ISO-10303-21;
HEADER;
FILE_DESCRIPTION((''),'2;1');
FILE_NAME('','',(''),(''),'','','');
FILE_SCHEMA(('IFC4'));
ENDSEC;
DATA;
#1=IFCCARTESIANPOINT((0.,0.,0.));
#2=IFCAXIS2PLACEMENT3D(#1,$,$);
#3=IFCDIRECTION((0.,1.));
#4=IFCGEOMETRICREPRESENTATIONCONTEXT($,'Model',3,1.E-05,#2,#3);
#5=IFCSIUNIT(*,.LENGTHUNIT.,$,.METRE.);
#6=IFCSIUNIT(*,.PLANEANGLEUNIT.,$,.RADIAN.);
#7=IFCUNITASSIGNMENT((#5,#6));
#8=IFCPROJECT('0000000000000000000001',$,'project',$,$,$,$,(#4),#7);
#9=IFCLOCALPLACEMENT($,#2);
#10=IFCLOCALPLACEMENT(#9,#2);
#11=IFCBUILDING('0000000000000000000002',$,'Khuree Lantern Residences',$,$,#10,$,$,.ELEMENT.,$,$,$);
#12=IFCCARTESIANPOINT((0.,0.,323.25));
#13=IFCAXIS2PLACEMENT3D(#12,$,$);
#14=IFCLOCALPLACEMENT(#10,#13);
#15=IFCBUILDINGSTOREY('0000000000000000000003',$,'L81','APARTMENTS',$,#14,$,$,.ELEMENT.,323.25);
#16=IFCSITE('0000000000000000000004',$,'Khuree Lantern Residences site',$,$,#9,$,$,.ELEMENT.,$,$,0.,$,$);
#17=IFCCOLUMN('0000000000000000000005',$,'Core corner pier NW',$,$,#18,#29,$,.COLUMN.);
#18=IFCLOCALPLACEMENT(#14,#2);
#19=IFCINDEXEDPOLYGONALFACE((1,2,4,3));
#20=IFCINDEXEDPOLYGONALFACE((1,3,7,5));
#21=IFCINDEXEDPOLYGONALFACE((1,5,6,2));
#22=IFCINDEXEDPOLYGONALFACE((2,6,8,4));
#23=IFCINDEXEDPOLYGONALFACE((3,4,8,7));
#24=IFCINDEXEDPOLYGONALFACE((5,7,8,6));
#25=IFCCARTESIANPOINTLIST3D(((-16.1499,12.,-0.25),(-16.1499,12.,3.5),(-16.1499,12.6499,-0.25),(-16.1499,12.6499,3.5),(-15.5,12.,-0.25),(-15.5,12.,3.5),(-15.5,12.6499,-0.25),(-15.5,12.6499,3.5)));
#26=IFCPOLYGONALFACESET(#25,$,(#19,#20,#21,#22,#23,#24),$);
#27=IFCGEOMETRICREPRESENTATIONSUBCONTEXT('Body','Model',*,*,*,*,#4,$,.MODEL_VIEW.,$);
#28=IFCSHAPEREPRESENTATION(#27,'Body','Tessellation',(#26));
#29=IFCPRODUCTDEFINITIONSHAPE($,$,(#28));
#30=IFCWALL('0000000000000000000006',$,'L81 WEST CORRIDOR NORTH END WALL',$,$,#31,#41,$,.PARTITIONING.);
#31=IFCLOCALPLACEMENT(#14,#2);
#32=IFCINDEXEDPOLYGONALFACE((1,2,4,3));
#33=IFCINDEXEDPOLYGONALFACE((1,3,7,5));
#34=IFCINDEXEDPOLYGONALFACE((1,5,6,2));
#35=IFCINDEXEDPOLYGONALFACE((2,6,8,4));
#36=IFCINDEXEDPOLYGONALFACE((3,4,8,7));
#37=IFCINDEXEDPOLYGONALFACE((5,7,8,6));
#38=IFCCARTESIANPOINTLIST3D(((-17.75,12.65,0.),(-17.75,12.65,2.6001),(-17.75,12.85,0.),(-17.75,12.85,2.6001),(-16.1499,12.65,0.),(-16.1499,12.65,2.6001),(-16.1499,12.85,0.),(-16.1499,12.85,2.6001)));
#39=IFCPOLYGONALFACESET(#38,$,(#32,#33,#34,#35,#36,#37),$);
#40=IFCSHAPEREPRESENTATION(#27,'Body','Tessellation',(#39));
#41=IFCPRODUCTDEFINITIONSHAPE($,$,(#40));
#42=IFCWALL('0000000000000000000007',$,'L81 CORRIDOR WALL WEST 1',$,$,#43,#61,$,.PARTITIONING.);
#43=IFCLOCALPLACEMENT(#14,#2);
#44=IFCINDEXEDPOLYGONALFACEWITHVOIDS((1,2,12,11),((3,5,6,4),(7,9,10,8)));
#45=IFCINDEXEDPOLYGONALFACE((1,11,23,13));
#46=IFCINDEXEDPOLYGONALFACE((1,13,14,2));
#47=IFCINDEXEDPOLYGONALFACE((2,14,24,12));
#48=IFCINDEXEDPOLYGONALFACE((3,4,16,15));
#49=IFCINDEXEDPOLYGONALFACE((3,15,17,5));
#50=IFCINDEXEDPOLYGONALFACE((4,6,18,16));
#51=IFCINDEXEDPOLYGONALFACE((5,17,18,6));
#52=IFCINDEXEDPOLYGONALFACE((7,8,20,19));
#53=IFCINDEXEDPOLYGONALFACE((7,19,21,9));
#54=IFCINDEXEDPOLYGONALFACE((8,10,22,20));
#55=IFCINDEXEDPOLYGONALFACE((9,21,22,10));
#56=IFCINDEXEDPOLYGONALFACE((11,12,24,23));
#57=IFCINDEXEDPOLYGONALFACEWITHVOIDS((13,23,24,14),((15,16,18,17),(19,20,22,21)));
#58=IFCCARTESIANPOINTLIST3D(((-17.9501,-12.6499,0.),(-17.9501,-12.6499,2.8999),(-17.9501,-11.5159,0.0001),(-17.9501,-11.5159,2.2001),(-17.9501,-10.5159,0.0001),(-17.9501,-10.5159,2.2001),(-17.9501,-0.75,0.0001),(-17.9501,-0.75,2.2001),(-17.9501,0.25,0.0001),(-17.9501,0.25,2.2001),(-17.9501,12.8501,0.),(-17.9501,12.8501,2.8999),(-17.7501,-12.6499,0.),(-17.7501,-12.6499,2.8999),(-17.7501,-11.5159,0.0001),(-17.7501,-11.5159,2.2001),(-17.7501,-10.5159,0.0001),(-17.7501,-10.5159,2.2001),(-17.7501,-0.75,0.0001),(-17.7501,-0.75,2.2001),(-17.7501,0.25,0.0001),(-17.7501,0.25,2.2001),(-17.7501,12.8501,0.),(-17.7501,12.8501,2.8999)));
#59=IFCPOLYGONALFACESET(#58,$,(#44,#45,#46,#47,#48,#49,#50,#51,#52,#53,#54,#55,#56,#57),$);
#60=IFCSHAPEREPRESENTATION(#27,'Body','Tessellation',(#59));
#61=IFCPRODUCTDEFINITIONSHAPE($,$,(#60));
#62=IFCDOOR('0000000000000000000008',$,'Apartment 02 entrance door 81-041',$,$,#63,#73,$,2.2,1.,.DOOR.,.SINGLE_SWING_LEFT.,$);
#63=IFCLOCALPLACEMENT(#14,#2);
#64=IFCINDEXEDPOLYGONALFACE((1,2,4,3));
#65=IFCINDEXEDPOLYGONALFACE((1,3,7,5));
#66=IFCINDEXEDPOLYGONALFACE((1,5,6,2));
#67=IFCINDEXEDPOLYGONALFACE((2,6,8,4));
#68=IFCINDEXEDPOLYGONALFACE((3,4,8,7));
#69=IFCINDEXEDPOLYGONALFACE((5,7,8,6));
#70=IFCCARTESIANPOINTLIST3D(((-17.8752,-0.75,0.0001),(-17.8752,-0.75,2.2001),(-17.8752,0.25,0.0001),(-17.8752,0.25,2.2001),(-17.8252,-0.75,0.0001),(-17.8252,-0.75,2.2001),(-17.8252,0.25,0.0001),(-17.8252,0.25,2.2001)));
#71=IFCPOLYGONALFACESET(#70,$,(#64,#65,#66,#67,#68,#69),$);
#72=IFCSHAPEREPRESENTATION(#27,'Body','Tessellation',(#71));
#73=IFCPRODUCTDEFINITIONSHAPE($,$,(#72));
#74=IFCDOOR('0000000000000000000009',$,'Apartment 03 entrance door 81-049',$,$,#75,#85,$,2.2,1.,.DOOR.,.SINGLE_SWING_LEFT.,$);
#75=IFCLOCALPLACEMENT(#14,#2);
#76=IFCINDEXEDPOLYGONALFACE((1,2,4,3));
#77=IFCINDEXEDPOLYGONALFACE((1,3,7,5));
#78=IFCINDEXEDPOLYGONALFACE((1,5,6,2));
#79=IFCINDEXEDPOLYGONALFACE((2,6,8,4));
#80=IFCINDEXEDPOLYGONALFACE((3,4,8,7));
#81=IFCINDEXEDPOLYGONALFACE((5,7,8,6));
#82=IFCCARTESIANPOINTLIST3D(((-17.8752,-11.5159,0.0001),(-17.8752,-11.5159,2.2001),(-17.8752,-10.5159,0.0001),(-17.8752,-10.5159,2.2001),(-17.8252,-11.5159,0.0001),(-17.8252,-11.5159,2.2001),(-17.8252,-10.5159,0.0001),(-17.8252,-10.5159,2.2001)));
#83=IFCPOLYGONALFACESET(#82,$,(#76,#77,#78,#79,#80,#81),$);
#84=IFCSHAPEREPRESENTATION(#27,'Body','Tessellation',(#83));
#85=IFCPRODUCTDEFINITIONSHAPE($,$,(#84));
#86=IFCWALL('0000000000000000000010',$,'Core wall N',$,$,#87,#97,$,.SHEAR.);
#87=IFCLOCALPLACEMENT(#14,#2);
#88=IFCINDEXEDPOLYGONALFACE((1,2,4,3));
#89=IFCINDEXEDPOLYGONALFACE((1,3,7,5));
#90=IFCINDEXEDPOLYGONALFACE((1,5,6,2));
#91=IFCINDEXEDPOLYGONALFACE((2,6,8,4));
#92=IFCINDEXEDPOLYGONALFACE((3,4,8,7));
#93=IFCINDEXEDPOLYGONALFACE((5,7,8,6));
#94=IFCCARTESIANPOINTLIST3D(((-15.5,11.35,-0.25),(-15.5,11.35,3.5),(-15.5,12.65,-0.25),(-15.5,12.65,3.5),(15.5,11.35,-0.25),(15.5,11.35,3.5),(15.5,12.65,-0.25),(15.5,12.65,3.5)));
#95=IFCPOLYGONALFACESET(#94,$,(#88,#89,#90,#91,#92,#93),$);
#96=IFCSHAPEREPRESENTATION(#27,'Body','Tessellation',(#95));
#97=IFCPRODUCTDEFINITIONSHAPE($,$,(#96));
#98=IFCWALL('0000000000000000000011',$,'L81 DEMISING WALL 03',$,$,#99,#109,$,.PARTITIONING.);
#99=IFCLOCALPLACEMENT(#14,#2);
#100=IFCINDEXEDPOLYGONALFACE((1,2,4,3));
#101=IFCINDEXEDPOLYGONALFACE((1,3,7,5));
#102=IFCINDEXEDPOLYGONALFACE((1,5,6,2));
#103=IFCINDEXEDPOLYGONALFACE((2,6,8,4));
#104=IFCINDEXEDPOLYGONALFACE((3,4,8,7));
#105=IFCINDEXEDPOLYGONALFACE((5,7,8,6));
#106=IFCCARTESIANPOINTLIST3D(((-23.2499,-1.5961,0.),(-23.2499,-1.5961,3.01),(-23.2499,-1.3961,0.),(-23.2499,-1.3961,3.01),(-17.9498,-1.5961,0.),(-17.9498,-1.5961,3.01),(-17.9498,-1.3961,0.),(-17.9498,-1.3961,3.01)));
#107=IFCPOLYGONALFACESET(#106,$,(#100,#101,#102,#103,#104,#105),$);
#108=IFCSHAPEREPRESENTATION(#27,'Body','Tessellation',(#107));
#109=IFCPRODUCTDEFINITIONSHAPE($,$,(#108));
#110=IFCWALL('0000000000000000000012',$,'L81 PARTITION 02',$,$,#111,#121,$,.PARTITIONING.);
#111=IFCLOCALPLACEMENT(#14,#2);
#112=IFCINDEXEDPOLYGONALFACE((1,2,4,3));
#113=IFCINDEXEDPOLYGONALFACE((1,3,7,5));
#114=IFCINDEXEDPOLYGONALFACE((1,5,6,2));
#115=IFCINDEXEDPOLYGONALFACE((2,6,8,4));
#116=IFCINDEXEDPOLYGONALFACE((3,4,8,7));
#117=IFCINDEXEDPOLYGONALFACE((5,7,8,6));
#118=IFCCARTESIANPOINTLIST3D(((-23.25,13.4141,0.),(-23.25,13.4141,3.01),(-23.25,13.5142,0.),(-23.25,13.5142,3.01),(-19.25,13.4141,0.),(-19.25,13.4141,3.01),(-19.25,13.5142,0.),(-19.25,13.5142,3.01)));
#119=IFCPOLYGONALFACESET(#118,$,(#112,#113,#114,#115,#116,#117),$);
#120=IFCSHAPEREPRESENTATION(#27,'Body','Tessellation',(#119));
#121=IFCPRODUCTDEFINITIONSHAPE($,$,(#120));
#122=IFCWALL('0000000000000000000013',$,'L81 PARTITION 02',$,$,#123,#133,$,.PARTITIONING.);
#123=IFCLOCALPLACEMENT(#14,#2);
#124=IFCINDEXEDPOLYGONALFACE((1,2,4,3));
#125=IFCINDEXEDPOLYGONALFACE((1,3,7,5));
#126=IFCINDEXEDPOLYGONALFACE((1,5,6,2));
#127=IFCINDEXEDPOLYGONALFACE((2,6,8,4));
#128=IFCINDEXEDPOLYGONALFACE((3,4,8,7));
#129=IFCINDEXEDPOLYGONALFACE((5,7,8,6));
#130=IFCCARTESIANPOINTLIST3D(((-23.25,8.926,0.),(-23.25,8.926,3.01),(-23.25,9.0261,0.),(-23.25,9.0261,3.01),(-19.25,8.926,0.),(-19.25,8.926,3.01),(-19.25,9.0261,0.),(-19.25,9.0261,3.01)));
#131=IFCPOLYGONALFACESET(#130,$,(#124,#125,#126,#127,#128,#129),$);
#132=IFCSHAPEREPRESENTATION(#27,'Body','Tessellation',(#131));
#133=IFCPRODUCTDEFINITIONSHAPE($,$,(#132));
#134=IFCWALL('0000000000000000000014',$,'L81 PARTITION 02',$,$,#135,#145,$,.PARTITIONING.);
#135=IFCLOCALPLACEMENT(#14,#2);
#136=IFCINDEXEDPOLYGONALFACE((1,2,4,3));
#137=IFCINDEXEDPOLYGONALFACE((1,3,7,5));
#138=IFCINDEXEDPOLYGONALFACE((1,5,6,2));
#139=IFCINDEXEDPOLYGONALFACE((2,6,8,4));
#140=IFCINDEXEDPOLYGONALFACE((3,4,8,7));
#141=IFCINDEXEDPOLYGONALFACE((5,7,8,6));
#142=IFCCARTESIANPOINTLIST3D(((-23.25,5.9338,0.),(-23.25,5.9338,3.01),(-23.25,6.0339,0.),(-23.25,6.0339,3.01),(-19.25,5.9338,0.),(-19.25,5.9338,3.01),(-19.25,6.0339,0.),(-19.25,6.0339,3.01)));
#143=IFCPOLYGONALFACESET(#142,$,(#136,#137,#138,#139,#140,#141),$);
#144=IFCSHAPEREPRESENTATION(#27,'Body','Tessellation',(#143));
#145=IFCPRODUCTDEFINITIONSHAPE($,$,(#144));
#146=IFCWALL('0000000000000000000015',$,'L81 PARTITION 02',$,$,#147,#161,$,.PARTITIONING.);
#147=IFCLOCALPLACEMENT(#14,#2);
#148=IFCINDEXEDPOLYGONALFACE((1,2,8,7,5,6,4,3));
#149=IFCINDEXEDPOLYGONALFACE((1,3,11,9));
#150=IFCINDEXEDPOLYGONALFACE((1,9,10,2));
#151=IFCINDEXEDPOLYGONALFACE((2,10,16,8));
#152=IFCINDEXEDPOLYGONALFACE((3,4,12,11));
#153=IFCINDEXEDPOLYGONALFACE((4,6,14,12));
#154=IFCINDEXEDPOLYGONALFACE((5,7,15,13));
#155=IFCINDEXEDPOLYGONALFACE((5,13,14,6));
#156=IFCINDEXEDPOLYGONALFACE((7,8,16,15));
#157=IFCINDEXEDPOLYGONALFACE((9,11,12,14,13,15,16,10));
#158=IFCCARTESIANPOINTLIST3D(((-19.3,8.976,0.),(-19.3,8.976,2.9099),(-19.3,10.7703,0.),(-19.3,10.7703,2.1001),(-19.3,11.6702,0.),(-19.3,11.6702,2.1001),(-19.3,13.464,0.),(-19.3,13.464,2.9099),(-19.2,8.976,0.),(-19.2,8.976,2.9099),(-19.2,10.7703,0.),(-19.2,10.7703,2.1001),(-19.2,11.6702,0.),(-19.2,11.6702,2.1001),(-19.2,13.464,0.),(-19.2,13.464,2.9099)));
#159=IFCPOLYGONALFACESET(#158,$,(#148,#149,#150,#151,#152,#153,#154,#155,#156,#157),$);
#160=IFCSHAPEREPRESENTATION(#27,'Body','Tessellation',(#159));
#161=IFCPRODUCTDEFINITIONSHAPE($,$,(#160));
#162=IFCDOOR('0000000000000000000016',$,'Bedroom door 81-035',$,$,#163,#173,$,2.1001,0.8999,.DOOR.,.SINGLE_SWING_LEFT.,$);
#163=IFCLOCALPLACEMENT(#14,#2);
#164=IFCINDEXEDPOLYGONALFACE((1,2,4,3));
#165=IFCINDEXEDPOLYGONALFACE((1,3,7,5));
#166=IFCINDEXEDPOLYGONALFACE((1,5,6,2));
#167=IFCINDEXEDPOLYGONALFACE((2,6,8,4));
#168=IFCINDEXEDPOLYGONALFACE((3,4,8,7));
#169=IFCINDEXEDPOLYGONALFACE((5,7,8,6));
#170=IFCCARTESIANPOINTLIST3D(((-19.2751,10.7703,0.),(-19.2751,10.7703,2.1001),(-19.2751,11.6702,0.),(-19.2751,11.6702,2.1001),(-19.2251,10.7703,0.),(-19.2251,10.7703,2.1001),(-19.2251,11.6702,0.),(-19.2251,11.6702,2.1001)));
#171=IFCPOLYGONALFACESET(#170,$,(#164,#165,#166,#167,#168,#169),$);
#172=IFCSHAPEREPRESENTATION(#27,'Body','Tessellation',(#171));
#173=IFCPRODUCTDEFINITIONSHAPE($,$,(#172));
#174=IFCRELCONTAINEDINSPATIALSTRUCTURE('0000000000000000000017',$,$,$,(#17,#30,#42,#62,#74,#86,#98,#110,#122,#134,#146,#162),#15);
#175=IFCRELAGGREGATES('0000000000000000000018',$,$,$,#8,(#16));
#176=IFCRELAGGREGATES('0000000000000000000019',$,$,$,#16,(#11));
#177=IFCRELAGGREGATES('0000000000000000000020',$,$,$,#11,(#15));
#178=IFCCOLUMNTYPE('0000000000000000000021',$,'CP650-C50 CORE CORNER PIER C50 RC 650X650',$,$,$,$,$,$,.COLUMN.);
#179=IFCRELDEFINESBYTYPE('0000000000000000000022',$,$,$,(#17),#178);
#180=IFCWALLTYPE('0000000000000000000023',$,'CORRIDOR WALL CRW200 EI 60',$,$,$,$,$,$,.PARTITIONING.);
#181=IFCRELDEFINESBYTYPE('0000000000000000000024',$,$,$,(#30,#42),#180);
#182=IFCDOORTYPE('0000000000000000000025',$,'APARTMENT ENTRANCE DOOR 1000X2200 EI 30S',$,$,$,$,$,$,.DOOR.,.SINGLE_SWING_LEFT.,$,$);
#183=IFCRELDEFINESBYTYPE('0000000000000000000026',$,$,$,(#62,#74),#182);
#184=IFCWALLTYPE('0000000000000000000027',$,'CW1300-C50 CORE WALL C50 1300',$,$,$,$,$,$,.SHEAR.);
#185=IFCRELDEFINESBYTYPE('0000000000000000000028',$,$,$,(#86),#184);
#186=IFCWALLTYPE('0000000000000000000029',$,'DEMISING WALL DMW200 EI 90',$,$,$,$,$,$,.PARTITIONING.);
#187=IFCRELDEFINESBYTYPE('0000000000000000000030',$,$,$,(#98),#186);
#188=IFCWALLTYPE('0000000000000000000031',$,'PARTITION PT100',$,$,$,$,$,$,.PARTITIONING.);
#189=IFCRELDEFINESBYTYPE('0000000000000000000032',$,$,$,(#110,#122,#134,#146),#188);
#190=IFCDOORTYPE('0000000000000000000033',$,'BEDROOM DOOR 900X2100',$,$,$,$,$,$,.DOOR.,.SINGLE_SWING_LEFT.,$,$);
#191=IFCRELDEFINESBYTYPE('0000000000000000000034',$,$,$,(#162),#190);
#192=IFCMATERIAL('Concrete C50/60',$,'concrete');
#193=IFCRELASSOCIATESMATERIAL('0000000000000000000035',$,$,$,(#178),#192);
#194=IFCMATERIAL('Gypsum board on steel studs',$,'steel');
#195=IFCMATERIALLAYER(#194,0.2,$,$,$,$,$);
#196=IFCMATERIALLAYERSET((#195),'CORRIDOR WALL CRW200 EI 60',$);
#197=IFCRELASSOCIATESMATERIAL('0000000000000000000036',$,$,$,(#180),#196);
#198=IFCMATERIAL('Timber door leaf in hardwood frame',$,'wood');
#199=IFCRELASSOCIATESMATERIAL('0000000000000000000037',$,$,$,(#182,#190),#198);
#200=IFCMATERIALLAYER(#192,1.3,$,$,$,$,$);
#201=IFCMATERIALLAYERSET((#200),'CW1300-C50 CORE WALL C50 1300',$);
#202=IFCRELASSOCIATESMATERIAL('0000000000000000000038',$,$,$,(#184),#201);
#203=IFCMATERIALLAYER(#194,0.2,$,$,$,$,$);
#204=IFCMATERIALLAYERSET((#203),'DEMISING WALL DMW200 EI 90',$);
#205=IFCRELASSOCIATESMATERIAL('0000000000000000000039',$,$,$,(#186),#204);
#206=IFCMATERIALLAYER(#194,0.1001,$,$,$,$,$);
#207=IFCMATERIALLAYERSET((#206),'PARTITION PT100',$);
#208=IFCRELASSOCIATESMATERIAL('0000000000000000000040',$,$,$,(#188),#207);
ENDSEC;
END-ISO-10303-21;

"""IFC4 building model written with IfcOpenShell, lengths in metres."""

from ifc_helpers import new_model, si_unit, direction, frame, frame_2d, origin, origin_2d, place, context, subcontext, project, spatial, rectangle, extrude, material, layer, layer_set, material_profile, profile_set, type_object, element, fill, save


model = new_model("IFC4")

# Units and contexts
model_context = context("Model", 3, precision=1e-05, world=origin(), true_north=direction((0.0, 1.0)))
body_context = subcontext(model_context, "Body", "Model", "MODEL_VIEW")
ifc_project = project(units=[si_unit("LENGTHUNIT", "METRE"), si_unit("PLANEANGLEUNIT", "RADIAN")], contexts=[model_context])

# Site, building, storey
site_placement = place(None, origin())
site = spatial("IfcSite", under=ifc_project, at=site_placement, Name="Khuree Lantern Residences site", CompositionType="ELEMENT", RefElevation=0.0)
building_placement = place(site_placement, origin())
building = spatial("IfcBuilding", under=site, at=building_placement, Name="Khuree Lantern Residences", CompositionType="ELEMENT")
storey_placement = place(building_placement, frame((0.0, 0.0, 323.25)))
storey = spatial("IfcBuildingStorey", under=building, at=storey_placement, Name="L81", Description="APARTMENTS", CompositionType="ELEMENT", Elevation=323.25)

# Column
ifc_material_1 = material(Name="Concrete C50/60", Category="concrete")
ifc_material_profile = material_profile(ifc_material_1, rectangle(XDim=0.6499, YDim=0.6499, at=origin_2d()), Name="RC 650X650")
ifc_profile_set = profile_set([ifc_material_profile], Name="Concrete C50/60")
column_type = type_object("IfcColumnType", Name="CP650-C50 CORE CORNER PIER C50 RC 650X650", PredefinedType="COLUMN", material=ifc_profile_set)
column_placement = place(storey_placement, frame((-15.825, 12.325, -0.25), z_axis=(0.0, 0.0, 1.0), x_axis=(1.0, 0.0, 0.0)))
element("IfcColumn", 1, at=column_placement, inside=storey, type_object=column_type, Name="Core corner pier NW", PredefinedType="COLUMN", context=body_context, shape_type="SweptSolid", body=[
    extrude(rectangle(XDim=0.6499, YDim=0.6499, at=origin_2d()), origin(), (0.0, 0.0, 1.0), 3.75),
])

# Wall
ifc_material_2 = material(Name="Gypsum board on steel studs", Category="steel")
ifc_layer_1 = layer(ifc_material_2, 0.2)
ifc_layer_set_1 = layer_set([ifc_layer_1], Name="CORRIDOR WALL CRW200 EI 60")
wall_type_1 = type_object("IfcWallType", Name="CORRIDOR WALL CRW200 EI 60", PredefinedType="PARTITIONING", material=ifc_layer_set_1)
wall_1_placement = place(storey_placement, frame((-16.1499, 12.75, 0.0), z_axis=(0.0, 0.0, 1.0), x_axis=(-1.0, 0.0, 0.0)))
element("IfcWall", 2, at=wall_1_placement, inside=storey, type_object=wall_type_1, Name="L81 WEST CORRIDOR NORTH END WALL", PredefinedType="PARTITIONING", context=body_context, shape_type="SweptSolid", body=[
    extrude(rectangle(XDim=1.6001, YDim=0.2, at=frame_2d((0.8, 0.0))), origin(), (0.0, 0.0, 1.0), 2.6001),
])

# Wall, openings, doors
wall_2_placement = place(storey_placement, frame((-17.8501, 12.8501, 0.0), z_axis=(0.0, 0.0, 1.0), x_axis=(0.0, -1.0, 0.0)))
wall_2 = element("IfcWall", 3, at=wall_2_placement, inside=storey, type_object=wall_type_1, Name="L81 CORRIDOR WALL WEST 1", PredefinedType="PARTITIONING", context=body_context, shape_type="SweptSolid", body=[
    extrude(rectangle(XDim=25.5, YDim=0.2, at=frame_2d((12.75, 0.0))), origin(), (0.0, 0.0, 1.0), 2.8999),
])
opening_1_placement = place(wall_2_placement, frame((12.6001, 0.0, 0.0)))
opening_1 = element("IfcOpeningElement", 4, at=opening_1_placement, cuts=wall_2, PredefinedType="OPENING", context=body_context, shape_type="SweptSolid", body=[
    extrude(rectangle(XDim=1.0, YDim=2.2, at=frame_2d((0.5, 1.1001))), frame((0.0, 0.1099, 0.0), z_axis=(0.0, -1.0, 0.0), x_axis=(1.0, 0.0, 0.0)), (0.0, 0.0, 1.0), 0.22),
])
opening_2_placement = place(wall_2_placement, frame((23.366, 0.0, 0.0)))
opening_2 = element("IfcOpeningElement", 5, at=opening_2_placement, cuts=wall_2, PredefinedType="OPENING", context=body_context, shape_type="SweptSolid", body=[
    extrude(rectangle(XDim=1.0, YDim=2.2, at=frame_2d((0.5, 1.1001))), frame((0.0, 0.1099, 0.0), z_axis=(0.0, -1.0, 0.0), x_axis=(1.0, 0.0, 0.0)), (0.0, 0.0, 1.0), 0.22),
])
ifc_material_3 = material(Name="Timber door leaf in hardwood frame", Category="wood")
door_type_1 = type_object("IfcDoorType", Name="APARTMENT ENTRANCE DOOR 1000X2200 EI 30S", OperationType="SINGLE_SWING_LEFT", PredefinedType="DOOR", material=ifc_material_3)
door_1_placement = place(opening_1_placement, origin())
door_1 = element("IfcDoor", 6, at=door_1_placement, inside=storey, type_object=door_type_1, Name="Apartment 02 entrance door 81-041", OperationType="SINGLE_SWING_LEFT", OverallHeight=2.2, OverallWidth=1.0, PredefinedType="DOOR", context=body_context, shape_type="SweptSolid", body=[
    extrude(rectangle(XDim=1.0, YDim=2.2, at=frame_2d((0.5, 1.1001))), frame((0.0, 0.0249, 0.0), z_axis=(0.0, -1.0, 0.0), x_axis=(1.0, 0.0, 0.0)), (0.0, 0.0, 1.0), 0.05),
])
fill(opening_1, door_1)
door_2_placement = place(opening_2_placement, origin())
door_2 = element("IfcDoor", 7, at=door_2_placement, inside=storey, type_object=door_type_1, Name="Apartment 03 entrance door 81-049", OperationType="SINGLE_SWING_LEFT", OverallHeight=2.2, OverallWidth=1.0, PredefinedType="DOOR", context=body_context, shape_type="SweptSolid", body=[
    extrude(rectangle(XDim=1.0, YDim=2.2, at=frame_2d((0.5, 1.1001))), frame((0.0, 0.0249, 0.0), z_axis=(0.0, -1.0, 0.0), x_axis=(1.0, 0.0, 0.0)), (0.0, 0.0, 1.0), 0.05),
])
fill(opening_2, door_2)

# Walls
ifc_layer_2 = layer(ifc_material_1, 1.3)
ifc_layer_set_2 = layer_set([ifc_layer_2], Name="CW1300-C50 CORE WALL C50 1300")
wall_type_2 = type_object("IfcWallType", Name="CW1300-C50 CORE WALL C50 1300", PredefinedType="SHEAR", material=ifc_layer_set_2)
wall_3_placement = place(storey_placement, frame((-15.5, 12.0, -0.25), z_axis=(0.0, 0.0, 1.0), x_axis=(1.0, 0.0, 0.0)))
element("IfcWall", 8, at=wall_3_placement, inside=storey, type_object=wall_type_2, Name="Core wall N", PredefinedType="SHEAR", context=body_context, shape_type="SweptSolid", body=[
    extrude(rectangle(XDim=31.0, YDim=1.3, at=frame_2d((15.5, 0.0))), origin(), (0.0, 0.0, 1.0), 3.75),
])
ifc_layer_3 = layer(ifc_material_2, 0.2)
ifc_layer_set_3 = layer_set([ifc_layer_3], Name="DEMISING WALL DMW200 EI 90")
wall_type_3 = type_object("IfcWallType", Name="DEMISING WALL DMW200 EI 90", PredefinedType="PARTITIONING", material=ifc_layer_set_3)
wall_4_placement = place(storey_placement, frame((-17.95, -1.4961, 0.0), z_axis=(0.0, 0.0, 1.0), x_axis=(-1.0, 0.0, 0.0)))
element("IfcWall", 9, at=wall_4_placement, inside=storey, type_object=wall_type_3, Name="L81 DEMISING WALL 03", PredefinedType="PARTITIONING", context=body_context, shape_type="SweptSolid", body=[
    extrude(rectangle(XDim=5.3, YDim=0.2, at=frame_2d((2.6499, 0.0))), origin(), (0.0, 0.0, 1.0), 3.01),
])
ifc_layer_4 = layer(ifc_material_2, 0.1001)
ifc_layer_set_4 = layer_set([ifc_layer_4], Name="PARTITION PT100")
wall_type_4 = type_object("IfcWallType", Name="PARTITION PT100", PredefinedType="PARTITIONING", material=ifc_layer_set_4)
for number, where, z_axis, x_axis, name in (
    (10, (-19.25, 13.4641, 0.0), (0.0, 0.0, 1.0), (-1.0, 0.0, 0.0), "L81 PARTITION 02"),
    (11, (-19.25, 8.9761, 0.0), (0.0, 0.0, 1.0), (-1.0, 0.0, 0.0), "L81 PARTITION 02"),
    (12, (-19.25, 5.9839, 0.0), (0.0, 0.0, 1.0), (-1.0, 0.0, 0.0), "L81 PARTITION 02"),
):
    element("IfcWall", number, at=place(storey_placement, frame(where, z_axis=z_axis, x_axis=x_axis)), inside=storey, type_object=wall_type_4, Name=name, PredefinedType="PARTITIONING", context=body_context, shape_type="SweptSolid", body=[
        extrude(rectangle(XDim=4.0, YDim=0.1001, at=frame_2d((2.0, 0.0))), origin(), (0.0, 0.0, 1.0), 3.01),
    ])

# Wall, opening, door
wall_5_placement = place(storey_placement, frame((-19.25, 13.4641, 0.0), z_axis=(0.0, 0.0, 1.0), x_axis=(0.0, -1.0, 0.0)))
wall_5 = element("IfcWall", 13, at=wall_5_placement, inside=storey, type_object=wall_type_4, Name="L81 PARTITION 02", PredefinedType="PARTITIONING", context=body_context, shape_type="SweptSolid", body=[
    extrude(rectangle(XDim=4.488, YDim=0.1001, at=frame_2d((2.2441, 0.0))), origin(), (0.0, 0.0, 1.0), 2.9099),
])
opening_3_placement = place(wall_5_placement, frame((1.7939, 0.0, 0.0)))
opening_3 = element("IfcOpeningElement", 14, at=opening_3_placement, cuts=wall_5, PredefinedType="OPENING", context=body_context, shape_type="SweptSolid", body=[
    extrude(rectangle(XDim=0.8999, YDim=2.1001, at=frame_2d((0.45, 1.05))), frame((0.0, 0.0601, 0.0), z_axis=(0.0, -1.0, 0.0), x_axis=(1.0, 0.0, 0.0)), (0.0, 0.0, 1.0), 0.1201),
])
door_type_2 = type_object("IfcDoorType", Name="BEDROOM DOOR 900X2100", OperationType="SINGLE_SWING_LEFT", PredefinedType="DOOR", material=ifc_material_3)
door_3_placement = place(opening_3_placement, origin())
door_3 = element("IfcDoor", 15, at=door_3_placement, inside=storey, type_object=door_type_2, Name="Bedroom door 81-035", OperationType="SINGLE_SWING_LEFT", OverallHeight=2.1001, OverallWidth=0.8999, PredefinedType="DOOR", context=body_context, shape_type="SweptSolid", body=[
    extrude(rectangle(XDim=0.8999, YDim=2.1001, at=frame_2d((0.45, 1.05))), frame((0.0, 0.0249, 0.0), z_axis=(0.0, -1.0, 0.0), x_axis=(1.0, 0.0, 0.0)), (0.0, 0.0, 1.0), 0.05),
])
fill(opening_3, door_3)

save(model, "model.ifc")
